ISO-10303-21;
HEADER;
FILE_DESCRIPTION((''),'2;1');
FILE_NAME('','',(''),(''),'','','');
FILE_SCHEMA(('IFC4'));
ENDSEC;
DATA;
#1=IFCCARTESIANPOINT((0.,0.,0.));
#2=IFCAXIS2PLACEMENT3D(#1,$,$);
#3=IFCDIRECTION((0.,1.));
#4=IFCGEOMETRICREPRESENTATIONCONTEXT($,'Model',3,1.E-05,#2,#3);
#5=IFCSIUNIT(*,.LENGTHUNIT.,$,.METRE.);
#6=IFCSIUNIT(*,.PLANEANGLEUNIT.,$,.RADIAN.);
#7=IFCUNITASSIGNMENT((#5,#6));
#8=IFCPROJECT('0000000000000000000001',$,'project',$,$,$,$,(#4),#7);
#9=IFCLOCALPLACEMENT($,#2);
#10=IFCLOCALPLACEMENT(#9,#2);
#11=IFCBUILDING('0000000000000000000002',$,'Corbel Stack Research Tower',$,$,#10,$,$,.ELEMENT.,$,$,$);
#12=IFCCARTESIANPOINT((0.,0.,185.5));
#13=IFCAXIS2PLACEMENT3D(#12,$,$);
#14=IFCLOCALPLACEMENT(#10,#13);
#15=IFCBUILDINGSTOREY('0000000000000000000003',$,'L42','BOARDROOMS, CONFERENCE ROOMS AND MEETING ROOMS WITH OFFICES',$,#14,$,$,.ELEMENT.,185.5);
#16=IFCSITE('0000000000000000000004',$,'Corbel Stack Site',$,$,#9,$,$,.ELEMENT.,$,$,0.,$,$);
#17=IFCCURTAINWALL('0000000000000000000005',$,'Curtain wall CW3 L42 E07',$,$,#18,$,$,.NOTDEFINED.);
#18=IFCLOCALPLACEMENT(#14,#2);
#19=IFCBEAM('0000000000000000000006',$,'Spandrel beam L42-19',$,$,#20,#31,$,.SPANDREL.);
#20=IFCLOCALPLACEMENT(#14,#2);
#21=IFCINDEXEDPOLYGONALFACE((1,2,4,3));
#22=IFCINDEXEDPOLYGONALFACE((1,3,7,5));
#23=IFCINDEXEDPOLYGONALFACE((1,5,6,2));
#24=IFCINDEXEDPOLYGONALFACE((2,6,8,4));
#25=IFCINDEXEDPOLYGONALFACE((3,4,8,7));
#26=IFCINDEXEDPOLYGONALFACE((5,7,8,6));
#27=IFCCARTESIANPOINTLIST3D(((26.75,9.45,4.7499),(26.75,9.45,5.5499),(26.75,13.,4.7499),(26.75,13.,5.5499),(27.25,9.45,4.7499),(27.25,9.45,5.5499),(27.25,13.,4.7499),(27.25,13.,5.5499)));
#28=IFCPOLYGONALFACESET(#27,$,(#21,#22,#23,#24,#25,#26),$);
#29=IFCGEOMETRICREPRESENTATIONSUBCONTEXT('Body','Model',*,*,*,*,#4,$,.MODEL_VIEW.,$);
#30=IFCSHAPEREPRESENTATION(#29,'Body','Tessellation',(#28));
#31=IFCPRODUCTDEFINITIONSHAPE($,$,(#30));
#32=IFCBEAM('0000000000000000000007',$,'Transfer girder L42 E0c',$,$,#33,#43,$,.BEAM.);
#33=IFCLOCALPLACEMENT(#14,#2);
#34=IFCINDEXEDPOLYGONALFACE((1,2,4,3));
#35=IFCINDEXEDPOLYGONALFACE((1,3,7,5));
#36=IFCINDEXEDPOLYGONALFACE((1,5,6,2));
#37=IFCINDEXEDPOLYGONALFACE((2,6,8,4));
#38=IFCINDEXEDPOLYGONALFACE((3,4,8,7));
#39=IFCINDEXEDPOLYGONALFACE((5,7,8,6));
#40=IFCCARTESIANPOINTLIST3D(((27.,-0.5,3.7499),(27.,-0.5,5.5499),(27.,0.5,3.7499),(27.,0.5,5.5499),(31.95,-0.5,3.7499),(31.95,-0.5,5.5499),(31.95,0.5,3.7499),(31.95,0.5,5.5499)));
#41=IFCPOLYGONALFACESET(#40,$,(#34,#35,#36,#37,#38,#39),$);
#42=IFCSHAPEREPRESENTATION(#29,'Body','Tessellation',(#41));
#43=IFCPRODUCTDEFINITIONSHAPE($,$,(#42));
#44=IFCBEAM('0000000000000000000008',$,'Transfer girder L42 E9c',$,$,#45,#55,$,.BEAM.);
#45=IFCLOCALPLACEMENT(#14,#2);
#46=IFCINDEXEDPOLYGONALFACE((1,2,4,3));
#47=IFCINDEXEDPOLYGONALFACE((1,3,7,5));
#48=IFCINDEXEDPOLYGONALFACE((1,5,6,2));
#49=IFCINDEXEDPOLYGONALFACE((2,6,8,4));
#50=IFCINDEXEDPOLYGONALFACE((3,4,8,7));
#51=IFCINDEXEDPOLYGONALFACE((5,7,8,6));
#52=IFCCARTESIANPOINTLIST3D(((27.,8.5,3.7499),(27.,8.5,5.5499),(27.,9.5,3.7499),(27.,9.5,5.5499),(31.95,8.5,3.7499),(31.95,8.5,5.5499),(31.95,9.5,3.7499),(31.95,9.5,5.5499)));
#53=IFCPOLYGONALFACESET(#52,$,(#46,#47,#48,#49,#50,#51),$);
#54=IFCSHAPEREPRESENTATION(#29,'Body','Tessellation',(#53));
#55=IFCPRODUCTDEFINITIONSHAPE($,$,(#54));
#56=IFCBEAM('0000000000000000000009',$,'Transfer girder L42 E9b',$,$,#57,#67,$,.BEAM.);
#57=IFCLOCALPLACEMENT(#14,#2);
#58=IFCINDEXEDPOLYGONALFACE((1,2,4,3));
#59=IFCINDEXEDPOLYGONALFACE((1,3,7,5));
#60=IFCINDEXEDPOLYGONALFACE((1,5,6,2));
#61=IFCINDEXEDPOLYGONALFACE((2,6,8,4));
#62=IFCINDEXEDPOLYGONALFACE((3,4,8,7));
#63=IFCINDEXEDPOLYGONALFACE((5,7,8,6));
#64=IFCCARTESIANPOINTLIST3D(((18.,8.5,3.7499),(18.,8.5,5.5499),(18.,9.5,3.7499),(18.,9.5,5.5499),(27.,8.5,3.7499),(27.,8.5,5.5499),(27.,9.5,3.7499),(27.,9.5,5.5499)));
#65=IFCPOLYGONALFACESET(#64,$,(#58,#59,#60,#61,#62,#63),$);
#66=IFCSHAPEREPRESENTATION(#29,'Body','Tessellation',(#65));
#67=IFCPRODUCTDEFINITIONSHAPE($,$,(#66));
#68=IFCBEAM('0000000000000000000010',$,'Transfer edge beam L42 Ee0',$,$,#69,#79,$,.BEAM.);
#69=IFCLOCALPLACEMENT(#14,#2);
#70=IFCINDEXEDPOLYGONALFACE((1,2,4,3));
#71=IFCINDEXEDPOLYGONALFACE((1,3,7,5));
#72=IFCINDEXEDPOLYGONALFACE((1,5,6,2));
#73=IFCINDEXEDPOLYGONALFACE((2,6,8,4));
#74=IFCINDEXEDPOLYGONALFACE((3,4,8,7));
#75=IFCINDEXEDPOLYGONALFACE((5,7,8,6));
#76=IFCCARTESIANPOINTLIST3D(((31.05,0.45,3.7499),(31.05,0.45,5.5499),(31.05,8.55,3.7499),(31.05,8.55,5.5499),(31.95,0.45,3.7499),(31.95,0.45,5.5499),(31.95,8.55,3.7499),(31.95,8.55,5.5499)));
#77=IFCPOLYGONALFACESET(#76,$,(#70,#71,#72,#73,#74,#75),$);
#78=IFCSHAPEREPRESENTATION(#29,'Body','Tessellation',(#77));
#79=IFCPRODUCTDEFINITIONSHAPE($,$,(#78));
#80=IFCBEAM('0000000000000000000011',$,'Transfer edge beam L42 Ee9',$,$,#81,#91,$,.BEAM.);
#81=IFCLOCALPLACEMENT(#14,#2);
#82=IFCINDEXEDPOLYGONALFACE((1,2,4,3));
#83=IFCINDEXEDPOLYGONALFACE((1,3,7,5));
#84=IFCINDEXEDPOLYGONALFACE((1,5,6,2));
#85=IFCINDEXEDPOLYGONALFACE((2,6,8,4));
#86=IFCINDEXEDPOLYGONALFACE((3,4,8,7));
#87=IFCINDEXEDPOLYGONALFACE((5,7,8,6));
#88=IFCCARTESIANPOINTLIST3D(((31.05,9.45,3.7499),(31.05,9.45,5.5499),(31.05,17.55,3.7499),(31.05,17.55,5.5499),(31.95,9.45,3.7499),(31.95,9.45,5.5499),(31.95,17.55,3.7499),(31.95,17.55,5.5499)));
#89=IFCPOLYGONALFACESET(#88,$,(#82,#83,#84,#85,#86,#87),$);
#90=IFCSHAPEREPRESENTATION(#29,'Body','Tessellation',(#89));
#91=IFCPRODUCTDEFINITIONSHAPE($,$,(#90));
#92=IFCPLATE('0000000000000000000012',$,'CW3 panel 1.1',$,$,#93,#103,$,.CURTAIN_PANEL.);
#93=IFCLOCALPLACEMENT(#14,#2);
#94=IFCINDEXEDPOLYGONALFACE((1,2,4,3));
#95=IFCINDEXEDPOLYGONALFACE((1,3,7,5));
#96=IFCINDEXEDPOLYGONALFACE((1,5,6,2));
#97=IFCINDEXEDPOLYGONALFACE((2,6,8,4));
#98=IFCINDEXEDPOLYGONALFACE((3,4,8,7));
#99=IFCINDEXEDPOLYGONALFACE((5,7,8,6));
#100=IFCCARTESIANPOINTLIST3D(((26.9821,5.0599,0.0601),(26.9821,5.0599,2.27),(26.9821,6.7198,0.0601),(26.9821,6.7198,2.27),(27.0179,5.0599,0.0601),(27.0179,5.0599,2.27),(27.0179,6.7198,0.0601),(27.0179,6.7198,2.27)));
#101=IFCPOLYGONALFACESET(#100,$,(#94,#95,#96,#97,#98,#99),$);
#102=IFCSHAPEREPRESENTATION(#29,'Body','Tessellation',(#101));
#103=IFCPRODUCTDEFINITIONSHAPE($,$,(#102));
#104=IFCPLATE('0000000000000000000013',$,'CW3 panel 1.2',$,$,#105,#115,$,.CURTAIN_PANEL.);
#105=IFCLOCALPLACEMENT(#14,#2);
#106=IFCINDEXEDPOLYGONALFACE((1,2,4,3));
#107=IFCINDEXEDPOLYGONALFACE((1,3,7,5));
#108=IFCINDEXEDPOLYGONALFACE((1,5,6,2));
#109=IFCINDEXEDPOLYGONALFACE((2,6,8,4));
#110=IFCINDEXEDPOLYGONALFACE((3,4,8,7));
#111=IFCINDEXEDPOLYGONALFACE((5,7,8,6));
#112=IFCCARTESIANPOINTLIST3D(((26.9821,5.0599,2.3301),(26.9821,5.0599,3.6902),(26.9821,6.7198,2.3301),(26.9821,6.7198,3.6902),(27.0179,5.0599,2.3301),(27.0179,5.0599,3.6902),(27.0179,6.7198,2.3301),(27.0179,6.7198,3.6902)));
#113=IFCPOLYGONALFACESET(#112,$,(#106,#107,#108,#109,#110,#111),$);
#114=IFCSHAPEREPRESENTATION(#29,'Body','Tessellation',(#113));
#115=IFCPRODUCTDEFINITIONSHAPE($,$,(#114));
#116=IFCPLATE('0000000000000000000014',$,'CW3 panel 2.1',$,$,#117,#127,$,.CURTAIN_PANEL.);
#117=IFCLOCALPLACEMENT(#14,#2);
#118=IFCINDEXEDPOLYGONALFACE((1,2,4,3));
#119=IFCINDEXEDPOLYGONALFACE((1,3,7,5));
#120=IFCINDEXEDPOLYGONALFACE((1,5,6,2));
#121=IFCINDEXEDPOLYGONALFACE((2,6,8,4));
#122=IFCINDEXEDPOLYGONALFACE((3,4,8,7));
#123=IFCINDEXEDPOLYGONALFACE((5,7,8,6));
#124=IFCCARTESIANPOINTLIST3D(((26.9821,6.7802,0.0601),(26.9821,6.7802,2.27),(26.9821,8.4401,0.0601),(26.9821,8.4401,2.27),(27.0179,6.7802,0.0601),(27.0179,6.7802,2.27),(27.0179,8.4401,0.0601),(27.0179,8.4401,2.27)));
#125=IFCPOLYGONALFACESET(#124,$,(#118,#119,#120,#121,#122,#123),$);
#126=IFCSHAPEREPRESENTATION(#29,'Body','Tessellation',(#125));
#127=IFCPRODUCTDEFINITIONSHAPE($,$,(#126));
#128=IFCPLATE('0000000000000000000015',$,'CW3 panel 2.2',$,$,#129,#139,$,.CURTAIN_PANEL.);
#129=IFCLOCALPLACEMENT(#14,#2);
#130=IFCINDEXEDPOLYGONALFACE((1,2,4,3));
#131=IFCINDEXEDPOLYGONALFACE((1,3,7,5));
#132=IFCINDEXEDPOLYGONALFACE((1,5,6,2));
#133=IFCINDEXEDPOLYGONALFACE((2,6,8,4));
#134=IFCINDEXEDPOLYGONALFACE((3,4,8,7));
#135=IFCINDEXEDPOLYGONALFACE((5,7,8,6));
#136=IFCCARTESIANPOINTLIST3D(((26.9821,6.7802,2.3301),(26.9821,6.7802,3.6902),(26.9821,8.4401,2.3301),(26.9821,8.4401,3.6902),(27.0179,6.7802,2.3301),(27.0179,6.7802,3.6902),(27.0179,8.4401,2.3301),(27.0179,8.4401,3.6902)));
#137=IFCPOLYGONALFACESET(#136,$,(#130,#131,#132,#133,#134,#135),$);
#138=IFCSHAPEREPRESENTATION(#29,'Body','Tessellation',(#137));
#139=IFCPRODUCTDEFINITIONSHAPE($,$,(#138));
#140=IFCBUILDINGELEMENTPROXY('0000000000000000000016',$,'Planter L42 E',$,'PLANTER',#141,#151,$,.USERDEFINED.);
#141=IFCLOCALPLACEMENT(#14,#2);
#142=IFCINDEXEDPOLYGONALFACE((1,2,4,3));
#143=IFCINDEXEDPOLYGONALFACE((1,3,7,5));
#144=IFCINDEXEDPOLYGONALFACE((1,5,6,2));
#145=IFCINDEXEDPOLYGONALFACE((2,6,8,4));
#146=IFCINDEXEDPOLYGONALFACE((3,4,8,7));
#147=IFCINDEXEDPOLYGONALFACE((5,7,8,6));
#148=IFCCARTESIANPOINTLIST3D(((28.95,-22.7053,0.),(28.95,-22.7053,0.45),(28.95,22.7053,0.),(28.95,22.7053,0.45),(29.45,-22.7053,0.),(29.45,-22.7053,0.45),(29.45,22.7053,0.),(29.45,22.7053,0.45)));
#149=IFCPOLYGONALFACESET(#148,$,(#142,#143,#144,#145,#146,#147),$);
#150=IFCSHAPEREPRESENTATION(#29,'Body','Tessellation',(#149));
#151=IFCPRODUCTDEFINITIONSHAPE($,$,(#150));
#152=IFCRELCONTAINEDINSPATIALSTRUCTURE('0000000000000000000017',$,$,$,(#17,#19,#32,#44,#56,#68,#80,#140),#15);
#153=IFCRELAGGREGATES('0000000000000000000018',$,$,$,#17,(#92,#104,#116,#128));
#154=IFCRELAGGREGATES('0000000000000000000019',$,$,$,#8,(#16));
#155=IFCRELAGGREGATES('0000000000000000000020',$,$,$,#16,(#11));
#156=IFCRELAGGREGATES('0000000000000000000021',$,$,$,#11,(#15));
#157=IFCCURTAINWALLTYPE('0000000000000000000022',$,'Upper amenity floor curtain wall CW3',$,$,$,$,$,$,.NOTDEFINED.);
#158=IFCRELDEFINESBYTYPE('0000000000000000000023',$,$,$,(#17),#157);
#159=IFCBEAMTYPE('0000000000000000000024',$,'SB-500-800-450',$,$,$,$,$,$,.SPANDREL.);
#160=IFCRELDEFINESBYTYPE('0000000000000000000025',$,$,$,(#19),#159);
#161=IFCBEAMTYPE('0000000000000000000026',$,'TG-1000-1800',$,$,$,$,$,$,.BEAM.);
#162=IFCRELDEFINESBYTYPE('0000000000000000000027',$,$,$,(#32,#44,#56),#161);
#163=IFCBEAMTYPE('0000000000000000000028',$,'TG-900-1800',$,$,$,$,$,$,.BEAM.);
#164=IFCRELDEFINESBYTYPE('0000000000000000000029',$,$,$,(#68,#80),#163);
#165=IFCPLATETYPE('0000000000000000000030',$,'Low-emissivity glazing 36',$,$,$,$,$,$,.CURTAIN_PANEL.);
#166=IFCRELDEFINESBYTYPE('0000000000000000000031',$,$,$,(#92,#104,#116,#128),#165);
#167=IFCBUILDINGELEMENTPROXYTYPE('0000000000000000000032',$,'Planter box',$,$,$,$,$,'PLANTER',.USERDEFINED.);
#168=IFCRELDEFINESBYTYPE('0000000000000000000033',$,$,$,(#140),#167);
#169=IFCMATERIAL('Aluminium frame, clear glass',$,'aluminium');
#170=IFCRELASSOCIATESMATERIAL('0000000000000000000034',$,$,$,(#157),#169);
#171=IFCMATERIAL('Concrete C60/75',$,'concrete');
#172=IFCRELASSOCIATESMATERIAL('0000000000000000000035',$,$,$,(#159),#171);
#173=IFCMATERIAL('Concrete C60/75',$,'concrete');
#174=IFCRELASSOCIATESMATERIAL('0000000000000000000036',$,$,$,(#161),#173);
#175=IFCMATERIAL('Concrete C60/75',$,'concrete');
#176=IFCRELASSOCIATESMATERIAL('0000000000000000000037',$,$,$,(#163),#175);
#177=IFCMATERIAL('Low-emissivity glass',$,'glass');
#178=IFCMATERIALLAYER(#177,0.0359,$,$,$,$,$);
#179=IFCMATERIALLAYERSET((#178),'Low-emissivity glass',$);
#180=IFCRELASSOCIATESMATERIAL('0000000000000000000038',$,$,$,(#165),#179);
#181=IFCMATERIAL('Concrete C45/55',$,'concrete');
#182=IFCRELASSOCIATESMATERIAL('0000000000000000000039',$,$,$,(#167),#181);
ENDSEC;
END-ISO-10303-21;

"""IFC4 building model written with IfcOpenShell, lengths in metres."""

from ifc_helpers import new_model, si_unit, direction, frame, origin, origin_2d, place, context, subcontext, project, spatial, rectangle, extrude, material, layer, layer_set, material_profile, profile_set, type_object, element, aggregate, save


model = new_model("IFC4")

# Units and contexts
model_context = context("Model", 3, precision=1e-05, world=origin(), true_north=direction((0.0, 1.0)))
body_context = subcontext(model_context, "Body", "Model", "MODEL_VIEW")
ifc_project = project(units=[si_unit("LENGTHUNIT", "METRE"), si_unit("PLANEANGLEUNIT", "RADIAN")], contexts=[model_context])

# Site, building, storey
site_placement = place(None, origin())
site = spatial("IfcSite", under=ifc_project, at=site_placement, Name="Corbel Stack Site", CompositionType="ELEMENT", RefElevation=0.0)
building_placement = place(site_placement, origin())
building = spatial("IfcBuilding", under=site, at=building_placement, Name="Corbel Stack Research Tower", CompositionType="ELEMENT")
storey_placement = place(building_placement, frame((0.0, 0.0, 185.5)))
storey = spatial("IfcBuildingStorey", under=building, at=storey_placement, Name="L42", Description="BOARDROOMS, CONFERENCE ROOMS AND MEETING ROOMS WITH OFFICES", CompositionType="ELEMENT", Elevation=185.5)

# Curtain wall
ifc_material_1 = material(Name="Aluminium frame, clear glass", Category="aluminium")
curtain_wall_type = type_object("IfcCurtainWallType", Name="Upper amenity floor curtain wall CW3", PredefinedType="NOTDEFINED", material=ifc_material_1)
curtain_wall_1_placement = place(storey_placement, origin())
curtain_wall_1 = element("IfcCurtainWall", 1, at=curtain_wall_1_placement, inside=storey, type_object=curtain_wall_type, Name="Curtain wall CW3 L42 E07", PredefinedType="NOTDEFINED")

# Beams
ifc_material_2 = material(Name="Concrete C60/75", Category="concrete")
ifc_material_profile_1 = material_profile(ifc_material_2, rectangle(XDim=0.5, YDim=0.8, at=origin_2d()), Name="RC 500 x 800")
ifc_profile_set_1 = profile_set([ifc_material_profile_1], Name="Concrete C60/75")
beam_type_1 = type_object("IfcBeamType", Name="SB-500-800-450", PredefinedType="SPANDREL", material=ifc_profile_set_1)
beam_1_placement = place(storey_placement, frame((27.0, 9.45, 5.1499), z_axis=(0.0, 1.0, 0.0), x_axis=(-1.0, 0.0, 0.0)))
element("IfcBeam", 2, at=beam_1_placement, inside=storey, type_object=beam_type_1, Name="Spandrel beam L42-19", PredefinedType="SPANDREL", context=body_context, shape_type="SweptSolid", body=[
    extrude(rectangle(XDim=0.5, YDim=0.8, at=origin_2d()), origin(), (0.0, 0.0, 1.0), 3.55),
])
ifc_material_3 = material(Name="Concrete C60/75", Category="concrete")
ifc_material_profile_2 = material_profile(ifc_material_3, rectangle(XDim=1.0, YDim=1.8, at=origin_2d()), Name="RC 1000 x 1800")
ifc_profile_set_2 = profile_set([ifc_material_profile_2], Name="Concrete C60/75")
beam_type_2 = type_object("IfcBeamType", Name="TG-1000-1800", PredefinedType="BEAM", material=ifc_profile_set_2)
for number, where, z_axis, x_axis, name in (
    (3, (31.95, 0.0, 4.6499), (-1.0, 0.0, 0.0), (0.0, -1.0, 0.0), "Transfer girder L42 E0c"),
    (4, (31.95, 9.0, 4.6499), (-1.0, 0.0, 0.0), (0.0, -1.0, 0.0), "Transfer girder L42 E9c"),
):
    element("IfcBeam", number, at=place(storey_placement, frame(where, z_axis=z_axis, x_axis=x_axis)), inside=storey, type_object=beam_type_2, Name=name, PredefinedType="BEAM", context=body_context, shape_type="SweptSolid", body=[
        extrude(rectangle(XDim=1.0, YDim=1.8, at=origin_2d()), origin(), (0.0, 0.0, 1.0), 4.95),
    ])
beam_2_placement = place(storey_placement, frame((27.0, 9.0, 4.6499), z_axis=(-1.0, 0.0, 0.0), x_axis=(0.0, -1.0, 0.0)))
element("IfcBeam", 5, at=beam_2_placement, inside=storey, type_object=beam_type_2, Name="Transfer girder L42 E9b", PredefinedType="BEAM", context=body_context, shape_type="SweptSolid", body=[
    extrude(rectangle(XDim=1.0, YDim=1.8, at=origin_2d()), origin(), (0.0, 0.0, 1.0), 9.0),
])
ifc_material_4 = material(Name="Concrete C60/75", Category="concrete")
ifc_material_profile_3 = material_profile(ifc_material_4, rectangle(XDim=0.8999, YDim=1.8, at=origin_2d()), Name="RC 900 x 1800")
ifc_profile_set_3 = profile_set([ifc_material_profile_3], Name="Concrete C60/75")
beam_type_3 = type_object("IfcBeamType", Name="TG-900-1800", PredefinedType="BEAM", material=ifc_profile_set_3)
for number, where, z_axis, x_axis, name in (
    (6, (31.5, 0.45, 4.6499), (0.0, 1.0, 0.0), (-1.0, 0.0, 0.0), "Transfer edge beam L42 Ee0"),
    (7, (31.5, 9.45, 4.6499), (0.0, 1.0, 0.0), (-1.0, 0.0, 0.0), "Transfer edge beam L42 Ee9"),
):
    element("IfcBeam", number, at=place(storey_placement, frame(where, z_axis=z_axis, x_axis=x_axis)), inside=storey, type_object=beam_type_3, Name=name, PredefinedType="BEAM", context=body_context, shape_type="SweptSolid", body=[
        extrude(rectangle(XDim=0.8999, YDim=1.8, at=origin_2d()), origin(), (0.0, 0.0, 1.0), 8.1001),
    ])

# Plates
ifc_material_5 = material(Name="Low-emissivity glass", Category="glass")
ifc_layer = layer(ifc_material_5, 0.0359)
ifc_layer_set = layer_set([ifc_layer], Name="Low-emissivity glass")
plate_type = type_object("IfcPlateType", Name="Low-emissivity glazing 36", PredefinedType="CURTAIN_PANEL", material=ifc_layer_set)
plate_1_placement = place(storey_placement, frame((27.0, 5.8899, 0.0601), z_axis=(0.0, 0.0, 1.0), x_axis=(0.0, 1.0, 0.0)))
plate_1 = element("IfcPlate", 8, at=plate_1_placement, type_object=plate_type, Name="CW3 panel 1.1", PredefinedType="CURTAIN_PANEL", context=body_context, shape_type="SweptSolid", body=[
    extrude(rectangle(XDim=1.6599, YDim=0.0359, at=origin_2d()), origin(), (0.0, 0.0, 1.0), 2.21),
])
plate_2_placement = place(storey_placement, frame((27.0, 5.8899, 2.3301), z_axis=(0.0, 0.0, 1.0), x_axis=(0.0, 1.0, 0.0)))
plate_2 = element("IfcPlate", 9, at=plate_2_placement, type_object=plate_type, Name="CW3 panel 1.2", PredefinedType="CURTAIN_PANEL", context=body_context, shape_type="SweptSolid", body=[
    extrude(rectangle(XDim=1.6599, YDim=0.0359, at=origin_2d()), origin(), (0.0, 0.0, 1.0), 1.3601),
])
plate_3_placement = place(storey_placement, frame((27.0, 7.6101, 0.0601), z_axis=(0.0, 0.0, 1.0), x_axis=(0.0, 1.0, 0.0)))
plate_3 = element("IfcPlate", 10, at=plate_3_placement, type_object=plate_type, Name="CW3 panel 2.1", PredefinedType="CURTAIN_PANEL", context=body_context, shape_type="SweptSolid", body=[
    extrude(rectangle(XDim=1.6599, YDim=0.0359, at=origin_2d()), origin(), (0.0, 0.0, 1.0), 2.21),
])
plate_4_placement = place(storey_placement, frame((27.0, 7.6101, 2.3301), z_axis=(0.0, 0.0, 1.0), x_axis=(0.0, 1.0, 0.0)))
plate_4 = element("IfcPlate", 11, at=plate_4_placement, type_object=plate_type, Name="CW3 panel 2.2", PredefinedType="CURTAIN_PANEL", context=body_context, shape_type="SweptSolid", body=[
    extrude(rectangle(XDim=1.6599, YDim=0.0359, at=origin_2d()), origin(), (0.0, 0.0, 1.0), 1.3601),
])
aggregate(curtain_wall_1, [plate_1, plate_2, plate_3, plate_4])

# Building element proxy
ifc_material_6 = material(Name="Concrete C45/55", Category="concrete")
building_element_proxy_type = type_object("IfcBuildingElementProxyType", Name="Planter box", ElementType="PLANTER", PredefinedType="USERDEFINED", material=ifc_material_6)
proxy_placement = place(storey_placement, frame((29.2, 0.0, 0.0), z_axis=(0.0, 0.0, 1.0), x_axis=(0.0, 1.0, 0.0)))
element("IfcBuildingElementProxy", 12, at=proxy_placement, inside=storey, type_object=building_element_proxy_type, Name="Planter L42 E", ObjectType="PLANTER", PredefinedType="USERDEFINED", context=body_context, shape_type="SweptSolid", body=[
    extrude(rectangle(XDim=45.4106, YDim=0.5, at=origin_2d()), origin(), (0.0, 0.0, 1.0), 0.45),
])

save(model, "model.ifc")
